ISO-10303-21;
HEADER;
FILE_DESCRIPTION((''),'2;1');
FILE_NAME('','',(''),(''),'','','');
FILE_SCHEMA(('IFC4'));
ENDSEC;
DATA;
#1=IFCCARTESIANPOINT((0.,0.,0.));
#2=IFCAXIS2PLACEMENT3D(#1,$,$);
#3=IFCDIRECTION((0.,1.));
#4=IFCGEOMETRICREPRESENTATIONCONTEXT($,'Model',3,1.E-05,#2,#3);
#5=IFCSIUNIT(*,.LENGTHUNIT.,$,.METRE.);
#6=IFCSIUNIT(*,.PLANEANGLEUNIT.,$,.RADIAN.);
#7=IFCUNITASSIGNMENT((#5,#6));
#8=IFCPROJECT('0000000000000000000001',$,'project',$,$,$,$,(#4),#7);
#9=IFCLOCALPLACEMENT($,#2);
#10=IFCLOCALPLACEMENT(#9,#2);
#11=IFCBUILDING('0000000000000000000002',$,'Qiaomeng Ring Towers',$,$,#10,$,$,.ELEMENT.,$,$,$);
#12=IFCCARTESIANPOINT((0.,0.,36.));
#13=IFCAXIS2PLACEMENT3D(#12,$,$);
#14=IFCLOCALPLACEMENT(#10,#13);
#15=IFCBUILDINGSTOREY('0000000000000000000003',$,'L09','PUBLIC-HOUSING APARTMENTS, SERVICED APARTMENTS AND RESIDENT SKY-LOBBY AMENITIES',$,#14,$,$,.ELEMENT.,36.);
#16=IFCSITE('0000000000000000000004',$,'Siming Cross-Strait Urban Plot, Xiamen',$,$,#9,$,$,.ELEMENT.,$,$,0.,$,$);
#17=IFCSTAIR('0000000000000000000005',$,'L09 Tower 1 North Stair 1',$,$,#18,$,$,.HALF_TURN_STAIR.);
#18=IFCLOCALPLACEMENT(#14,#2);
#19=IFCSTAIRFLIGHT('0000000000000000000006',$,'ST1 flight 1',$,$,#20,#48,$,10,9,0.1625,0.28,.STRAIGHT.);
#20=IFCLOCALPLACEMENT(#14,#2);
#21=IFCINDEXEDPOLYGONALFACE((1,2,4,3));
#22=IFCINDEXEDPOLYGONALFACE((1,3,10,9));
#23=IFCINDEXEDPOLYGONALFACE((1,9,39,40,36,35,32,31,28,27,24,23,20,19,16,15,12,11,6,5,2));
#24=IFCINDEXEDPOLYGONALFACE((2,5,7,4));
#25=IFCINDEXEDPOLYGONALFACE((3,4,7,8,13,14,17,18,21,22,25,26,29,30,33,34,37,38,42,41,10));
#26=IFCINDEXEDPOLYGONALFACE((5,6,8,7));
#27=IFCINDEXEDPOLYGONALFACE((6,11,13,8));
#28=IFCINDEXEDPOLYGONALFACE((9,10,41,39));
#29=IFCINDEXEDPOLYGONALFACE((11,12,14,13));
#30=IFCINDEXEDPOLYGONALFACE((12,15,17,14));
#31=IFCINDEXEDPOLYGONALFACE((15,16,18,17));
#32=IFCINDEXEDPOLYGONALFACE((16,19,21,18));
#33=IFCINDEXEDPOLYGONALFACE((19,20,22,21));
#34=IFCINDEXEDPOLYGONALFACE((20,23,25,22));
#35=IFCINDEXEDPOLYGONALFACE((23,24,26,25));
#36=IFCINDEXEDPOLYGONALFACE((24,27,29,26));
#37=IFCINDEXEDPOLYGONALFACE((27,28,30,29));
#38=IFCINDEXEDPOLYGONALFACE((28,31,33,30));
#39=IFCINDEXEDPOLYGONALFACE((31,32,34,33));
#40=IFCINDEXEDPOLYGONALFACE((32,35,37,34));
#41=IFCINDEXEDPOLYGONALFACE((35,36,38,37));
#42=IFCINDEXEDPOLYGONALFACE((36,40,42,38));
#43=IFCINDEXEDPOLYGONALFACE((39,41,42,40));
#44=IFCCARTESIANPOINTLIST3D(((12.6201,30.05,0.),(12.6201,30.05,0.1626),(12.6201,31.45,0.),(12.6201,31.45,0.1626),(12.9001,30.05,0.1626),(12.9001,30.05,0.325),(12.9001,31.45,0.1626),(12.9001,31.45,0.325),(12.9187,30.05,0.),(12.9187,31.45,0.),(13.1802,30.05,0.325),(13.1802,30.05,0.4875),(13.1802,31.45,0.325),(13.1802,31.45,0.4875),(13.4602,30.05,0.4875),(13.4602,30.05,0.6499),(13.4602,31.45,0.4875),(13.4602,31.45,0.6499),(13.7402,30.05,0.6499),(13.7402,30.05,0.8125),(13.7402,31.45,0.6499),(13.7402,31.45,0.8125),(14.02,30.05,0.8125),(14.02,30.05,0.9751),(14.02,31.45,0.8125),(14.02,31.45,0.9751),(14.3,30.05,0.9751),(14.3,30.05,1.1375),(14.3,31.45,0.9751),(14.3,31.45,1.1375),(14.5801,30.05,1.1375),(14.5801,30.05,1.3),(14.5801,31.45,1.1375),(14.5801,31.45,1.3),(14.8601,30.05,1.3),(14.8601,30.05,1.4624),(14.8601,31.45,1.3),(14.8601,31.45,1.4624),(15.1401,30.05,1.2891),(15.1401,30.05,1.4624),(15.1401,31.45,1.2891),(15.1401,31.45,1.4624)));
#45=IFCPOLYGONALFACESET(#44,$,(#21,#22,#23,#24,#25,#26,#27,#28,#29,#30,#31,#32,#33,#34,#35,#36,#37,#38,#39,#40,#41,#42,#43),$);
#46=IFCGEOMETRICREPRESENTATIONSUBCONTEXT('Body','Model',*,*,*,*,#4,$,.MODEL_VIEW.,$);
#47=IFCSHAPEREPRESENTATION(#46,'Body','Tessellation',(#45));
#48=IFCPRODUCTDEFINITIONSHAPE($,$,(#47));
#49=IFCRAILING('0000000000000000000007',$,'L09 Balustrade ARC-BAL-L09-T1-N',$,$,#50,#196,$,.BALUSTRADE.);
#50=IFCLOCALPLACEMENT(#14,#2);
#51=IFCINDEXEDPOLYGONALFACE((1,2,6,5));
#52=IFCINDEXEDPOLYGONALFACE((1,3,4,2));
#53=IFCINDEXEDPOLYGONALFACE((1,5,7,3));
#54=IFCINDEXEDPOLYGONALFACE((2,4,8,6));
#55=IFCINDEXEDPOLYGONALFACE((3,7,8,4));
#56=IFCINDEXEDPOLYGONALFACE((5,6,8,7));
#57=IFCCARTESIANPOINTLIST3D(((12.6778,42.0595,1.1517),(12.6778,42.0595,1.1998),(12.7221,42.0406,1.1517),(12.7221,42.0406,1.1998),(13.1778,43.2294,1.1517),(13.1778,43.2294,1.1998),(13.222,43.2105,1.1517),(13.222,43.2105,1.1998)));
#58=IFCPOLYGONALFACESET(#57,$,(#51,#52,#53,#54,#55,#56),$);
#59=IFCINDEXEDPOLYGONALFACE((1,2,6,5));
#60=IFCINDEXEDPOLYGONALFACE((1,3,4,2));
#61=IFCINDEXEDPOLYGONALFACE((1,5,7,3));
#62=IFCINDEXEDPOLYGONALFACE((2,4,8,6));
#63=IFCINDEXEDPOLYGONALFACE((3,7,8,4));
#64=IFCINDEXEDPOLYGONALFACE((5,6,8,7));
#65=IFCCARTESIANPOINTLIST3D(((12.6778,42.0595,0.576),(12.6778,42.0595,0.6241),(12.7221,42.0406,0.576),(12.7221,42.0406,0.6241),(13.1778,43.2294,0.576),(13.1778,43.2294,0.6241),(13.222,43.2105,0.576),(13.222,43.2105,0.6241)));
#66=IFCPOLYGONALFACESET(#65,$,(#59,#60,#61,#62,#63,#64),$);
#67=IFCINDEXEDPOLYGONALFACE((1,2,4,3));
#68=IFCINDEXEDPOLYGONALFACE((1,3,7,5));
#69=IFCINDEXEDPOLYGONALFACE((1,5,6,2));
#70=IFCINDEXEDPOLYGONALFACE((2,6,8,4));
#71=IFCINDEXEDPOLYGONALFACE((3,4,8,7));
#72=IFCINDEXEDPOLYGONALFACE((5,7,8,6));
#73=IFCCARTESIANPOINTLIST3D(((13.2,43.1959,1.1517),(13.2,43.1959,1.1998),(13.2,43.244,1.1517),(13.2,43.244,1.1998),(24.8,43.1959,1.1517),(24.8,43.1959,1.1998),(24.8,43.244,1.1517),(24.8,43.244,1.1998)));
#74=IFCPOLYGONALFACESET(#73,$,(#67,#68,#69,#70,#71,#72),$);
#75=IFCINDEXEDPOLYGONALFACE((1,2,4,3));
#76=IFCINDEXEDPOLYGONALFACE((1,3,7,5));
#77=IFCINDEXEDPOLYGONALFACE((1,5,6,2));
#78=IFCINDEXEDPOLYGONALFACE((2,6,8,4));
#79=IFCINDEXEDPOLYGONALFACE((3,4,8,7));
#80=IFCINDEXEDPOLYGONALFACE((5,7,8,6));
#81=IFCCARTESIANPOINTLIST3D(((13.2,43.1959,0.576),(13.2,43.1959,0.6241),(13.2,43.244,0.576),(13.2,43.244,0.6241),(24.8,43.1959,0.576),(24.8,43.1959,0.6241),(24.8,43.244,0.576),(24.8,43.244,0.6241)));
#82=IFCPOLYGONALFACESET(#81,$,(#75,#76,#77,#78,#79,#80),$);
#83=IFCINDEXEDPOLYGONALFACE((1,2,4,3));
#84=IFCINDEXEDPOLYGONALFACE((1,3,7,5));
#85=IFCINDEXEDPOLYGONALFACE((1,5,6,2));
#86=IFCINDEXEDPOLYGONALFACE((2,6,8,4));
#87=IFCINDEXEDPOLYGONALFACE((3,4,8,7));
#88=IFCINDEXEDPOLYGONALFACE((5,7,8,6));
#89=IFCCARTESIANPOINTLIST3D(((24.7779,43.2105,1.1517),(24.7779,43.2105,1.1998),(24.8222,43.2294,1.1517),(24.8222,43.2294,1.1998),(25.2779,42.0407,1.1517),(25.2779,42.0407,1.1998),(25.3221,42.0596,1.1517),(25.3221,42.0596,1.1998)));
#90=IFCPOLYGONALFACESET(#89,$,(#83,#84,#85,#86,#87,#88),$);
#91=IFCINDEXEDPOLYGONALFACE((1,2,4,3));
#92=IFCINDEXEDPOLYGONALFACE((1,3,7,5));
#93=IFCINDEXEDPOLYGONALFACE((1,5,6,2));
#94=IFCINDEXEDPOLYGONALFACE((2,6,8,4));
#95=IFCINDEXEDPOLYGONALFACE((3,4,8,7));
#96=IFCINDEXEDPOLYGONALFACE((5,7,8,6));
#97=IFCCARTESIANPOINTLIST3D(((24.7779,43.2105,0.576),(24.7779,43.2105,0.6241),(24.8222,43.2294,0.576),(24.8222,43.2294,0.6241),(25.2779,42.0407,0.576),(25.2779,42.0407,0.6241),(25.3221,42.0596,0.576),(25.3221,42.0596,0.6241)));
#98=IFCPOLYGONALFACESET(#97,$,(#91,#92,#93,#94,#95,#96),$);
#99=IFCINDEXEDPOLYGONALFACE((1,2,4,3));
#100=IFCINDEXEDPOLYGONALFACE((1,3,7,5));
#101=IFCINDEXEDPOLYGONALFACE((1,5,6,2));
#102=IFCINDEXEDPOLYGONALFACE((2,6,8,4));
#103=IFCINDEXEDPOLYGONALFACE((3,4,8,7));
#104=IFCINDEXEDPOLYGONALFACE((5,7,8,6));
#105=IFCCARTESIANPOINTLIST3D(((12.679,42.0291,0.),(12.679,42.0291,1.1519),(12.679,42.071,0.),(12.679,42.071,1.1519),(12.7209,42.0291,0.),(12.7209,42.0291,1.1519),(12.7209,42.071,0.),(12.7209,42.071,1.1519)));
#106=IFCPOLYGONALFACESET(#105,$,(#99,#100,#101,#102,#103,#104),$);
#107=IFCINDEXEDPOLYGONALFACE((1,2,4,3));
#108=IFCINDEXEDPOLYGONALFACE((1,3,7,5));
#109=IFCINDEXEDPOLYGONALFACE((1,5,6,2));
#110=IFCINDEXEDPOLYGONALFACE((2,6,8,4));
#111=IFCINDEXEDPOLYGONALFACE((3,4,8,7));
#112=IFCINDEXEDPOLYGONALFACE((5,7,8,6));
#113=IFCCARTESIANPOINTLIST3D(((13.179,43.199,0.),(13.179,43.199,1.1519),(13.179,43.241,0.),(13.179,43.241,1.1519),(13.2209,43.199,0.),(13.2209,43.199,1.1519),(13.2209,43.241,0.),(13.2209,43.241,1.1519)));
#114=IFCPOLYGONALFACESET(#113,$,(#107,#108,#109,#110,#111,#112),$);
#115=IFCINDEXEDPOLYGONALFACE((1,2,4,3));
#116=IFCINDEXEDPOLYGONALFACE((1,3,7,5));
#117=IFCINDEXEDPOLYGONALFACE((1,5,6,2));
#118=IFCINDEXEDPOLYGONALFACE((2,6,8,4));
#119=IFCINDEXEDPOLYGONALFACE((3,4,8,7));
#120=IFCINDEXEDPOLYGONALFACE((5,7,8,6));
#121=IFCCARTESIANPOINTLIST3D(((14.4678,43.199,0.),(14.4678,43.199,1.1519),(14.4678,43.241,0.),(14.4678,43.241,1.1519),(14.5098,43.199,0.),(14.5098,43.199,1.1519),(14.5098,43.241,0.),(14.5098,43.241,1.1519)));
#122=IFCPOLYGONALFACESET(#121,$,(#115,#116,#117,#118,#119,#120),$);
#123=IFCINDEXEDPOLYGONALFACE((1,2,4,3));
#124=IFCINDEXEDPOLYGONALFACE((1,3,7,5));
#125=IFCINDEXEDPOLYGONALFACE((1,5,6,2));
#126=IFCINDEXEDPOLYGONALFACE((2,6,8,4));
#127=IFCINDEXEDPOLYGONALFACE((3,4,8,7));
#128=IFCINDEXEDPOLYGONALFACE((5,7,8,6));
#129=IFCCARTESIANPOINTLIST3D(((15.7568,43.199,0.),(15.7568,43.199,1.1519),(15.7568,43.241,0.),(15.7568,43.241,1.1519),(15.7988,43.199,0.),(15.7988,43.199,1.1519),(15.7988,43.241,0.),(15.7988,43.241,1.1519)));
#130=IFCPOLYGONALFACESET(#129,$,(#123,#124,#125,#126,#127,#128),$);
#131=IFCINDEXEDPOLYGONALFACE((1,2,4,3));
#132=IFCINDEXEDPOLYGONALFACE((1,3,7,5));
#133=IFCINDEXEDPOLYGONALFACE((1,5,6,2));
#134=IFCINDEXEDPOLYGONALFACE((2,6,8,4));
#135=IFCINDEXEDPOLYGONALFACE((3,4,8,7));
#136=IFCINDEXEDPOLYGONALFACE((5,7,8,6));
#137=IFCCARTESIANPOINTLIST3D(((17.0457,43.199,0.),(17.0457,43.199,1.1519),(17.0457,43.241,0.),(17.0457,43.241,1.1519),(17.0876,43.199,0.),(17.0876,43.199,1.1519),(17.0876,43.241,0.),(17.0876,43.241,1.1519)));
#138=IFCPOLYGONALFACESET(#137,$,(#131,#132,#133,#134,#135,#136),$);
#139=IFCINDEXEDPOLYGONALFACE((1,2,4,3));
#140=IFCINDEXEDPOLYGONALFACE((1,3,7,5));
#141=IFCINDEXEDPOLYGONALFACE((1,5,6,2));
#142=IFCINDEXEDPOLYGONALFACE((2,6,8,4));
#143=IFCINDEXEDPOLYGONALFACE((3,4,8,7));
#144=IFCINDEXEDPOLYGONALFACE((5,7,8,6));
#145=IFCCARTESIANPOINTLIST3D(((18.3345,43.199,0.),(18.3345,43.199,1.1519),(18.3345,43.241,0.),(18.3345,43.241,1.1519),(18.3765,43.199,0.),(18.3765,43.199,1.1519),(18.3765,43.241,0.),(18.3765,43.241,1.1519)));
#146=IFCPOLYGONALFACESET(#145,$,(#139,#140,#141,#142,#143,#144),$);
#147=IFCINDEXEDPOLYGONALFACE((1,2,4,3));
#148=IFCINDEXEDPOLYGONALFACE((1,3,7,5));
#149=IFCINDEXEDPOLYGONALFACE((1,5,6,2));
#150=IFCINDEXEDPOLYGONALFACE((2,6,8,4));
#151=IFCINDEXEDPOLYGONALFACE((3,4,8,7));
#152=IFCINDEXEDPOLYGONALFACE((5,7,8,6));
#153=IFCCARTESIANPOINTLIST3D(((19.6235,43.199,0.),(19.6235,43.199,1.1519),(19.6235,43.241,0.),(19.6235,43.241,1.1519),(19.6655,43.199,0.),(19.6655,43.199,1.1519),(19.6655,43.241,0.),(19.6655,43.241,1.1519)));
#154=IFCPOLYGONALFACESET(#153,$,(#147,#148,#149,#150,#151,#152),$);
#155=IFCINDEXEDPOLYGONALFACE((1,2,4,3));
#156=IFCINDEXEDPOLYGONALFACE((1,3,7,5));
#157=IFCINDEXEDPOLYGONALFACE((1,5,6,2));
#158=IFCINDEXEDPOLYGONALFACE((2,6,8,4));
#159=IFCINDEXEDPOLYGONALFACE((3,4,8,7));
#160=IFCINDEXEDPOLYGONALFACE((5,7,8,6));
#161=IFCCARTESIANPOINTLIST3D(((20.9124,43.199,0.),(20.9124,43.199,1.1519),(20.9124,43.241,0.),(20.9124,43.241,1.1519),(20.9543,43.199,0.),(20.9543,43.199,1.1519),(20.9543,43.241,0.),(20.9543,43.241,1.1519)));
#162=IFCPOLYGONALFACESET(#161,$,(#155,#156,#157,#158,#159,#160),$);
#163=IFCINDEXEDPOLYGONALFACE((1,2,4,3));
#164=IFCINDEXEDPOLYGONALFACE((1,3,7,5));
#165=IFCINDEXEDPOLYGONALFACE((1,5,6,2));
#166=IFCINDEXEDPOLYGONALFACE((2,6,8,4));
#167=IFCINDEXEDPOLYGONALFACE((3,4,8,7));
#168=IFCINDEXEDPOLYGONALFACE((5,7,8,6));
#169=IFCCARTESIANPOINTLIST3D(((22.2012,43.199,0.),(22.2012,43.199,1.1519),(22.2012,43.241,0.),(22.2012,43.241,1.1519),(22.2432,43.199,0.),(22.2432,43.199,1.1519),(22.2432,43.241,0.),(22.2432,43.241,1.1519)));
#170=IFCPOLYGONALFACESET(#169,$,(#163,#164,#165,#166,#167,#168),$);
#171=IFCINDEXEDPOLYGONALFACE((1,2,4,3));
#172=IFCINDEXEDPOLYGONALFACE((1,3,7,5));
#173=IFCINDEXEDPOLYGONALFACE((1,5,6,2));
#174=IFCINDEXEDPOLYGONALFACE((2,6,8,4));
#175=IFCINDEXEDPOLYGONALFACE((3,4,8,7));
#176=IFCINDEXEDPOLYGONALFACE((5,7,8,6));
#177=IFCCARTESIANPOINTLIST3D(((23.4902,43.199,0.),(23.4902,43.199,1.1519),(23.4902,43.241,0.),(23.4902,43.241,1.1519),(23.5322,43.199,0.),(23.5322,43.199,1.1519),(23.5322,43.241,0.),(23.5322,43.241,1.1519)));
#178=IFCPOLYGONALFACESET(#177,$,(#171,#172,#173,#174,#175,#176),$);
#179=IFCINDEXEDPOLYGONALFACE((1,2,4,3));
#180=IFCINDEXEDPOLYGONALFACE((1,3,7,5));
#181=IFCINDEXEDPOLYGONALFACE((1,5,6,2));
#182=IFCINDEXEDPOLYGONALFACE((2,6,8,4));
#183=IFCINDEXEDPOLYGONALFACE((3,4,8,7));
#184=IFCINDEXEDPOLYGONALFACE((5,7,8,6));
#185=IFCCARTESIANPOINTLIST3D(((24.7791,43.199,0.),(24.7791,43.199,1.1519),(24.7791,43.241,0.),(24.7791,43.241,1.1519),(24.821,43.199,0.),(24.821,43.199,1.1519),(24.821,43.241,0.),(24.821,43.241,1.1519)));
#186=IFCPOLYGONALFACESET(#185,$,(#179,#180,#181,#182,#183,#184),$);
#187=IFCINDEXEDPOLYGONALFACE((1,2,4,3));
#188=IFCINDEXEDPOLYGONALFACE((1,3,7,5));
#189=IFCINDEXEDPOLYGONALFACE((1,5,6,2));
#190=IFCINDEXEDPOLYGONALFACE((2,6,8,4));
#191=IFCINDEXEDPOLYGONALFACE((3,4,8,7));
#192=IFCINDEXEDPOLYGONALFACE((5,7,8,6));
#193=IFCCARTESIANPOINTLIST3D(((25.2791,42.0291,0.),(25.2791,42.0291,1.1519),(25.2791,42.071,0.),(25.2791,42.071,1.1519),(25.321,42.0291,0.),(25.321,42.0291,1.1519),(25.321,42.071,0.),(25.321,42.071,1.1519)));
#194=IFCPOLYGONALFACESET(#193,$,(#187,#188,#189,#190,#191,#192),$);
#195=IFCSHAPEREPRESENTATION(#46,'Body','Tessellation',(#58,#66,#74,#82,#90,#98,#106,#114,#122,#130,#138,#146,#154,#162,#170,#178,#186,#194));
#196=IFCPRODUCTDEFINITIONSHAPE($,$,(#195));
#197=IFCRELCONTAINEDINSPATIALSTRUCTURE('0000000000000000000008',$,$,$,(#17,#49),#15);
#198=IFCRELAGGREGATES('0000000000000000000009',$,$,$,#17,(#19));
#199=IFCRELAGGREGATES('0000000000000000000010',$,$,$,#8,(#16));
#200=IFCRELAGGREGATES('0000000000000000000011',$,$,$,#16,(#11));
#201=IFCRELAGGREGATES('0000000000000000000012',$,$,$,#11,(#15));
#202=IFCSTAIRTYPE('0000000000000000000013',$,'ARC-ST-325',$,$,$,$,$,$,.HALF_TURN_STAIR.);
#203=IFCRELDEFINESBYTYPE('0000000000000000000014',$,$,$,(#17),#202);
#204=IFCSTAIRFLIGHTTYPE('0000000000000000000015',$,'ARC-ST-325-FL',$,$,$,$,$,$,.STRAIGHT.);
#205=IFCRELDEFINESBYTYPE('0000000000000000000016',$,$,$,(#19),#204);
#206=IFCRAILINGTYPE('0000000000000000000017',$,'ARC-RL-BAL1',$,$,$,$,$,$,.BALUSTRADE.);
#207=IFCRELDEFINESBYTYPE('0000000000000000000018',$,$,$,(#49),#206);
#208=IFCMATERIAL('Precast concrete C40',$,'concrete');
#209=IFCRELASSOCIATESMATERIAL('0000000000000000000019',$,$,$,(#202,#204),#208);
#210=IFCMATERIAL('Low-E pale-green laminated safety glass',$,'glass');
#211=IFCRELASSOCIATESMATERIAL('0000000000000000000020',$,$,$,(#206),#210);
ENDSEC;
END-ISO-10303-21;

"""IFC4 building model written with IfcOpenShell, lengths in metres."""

from ifc_helpers import new_model, si_unit, direction, frame, origin, origin_2d, place, context, subcontext, project, spatial, polyline, rectangle, outline, extrude, source, transform, mapped, material, type_object, element, aggregate, save


model = new_model("IFC4")

# Units and contexts
model_context = context("Model", 3, precision=1e-05, world=origin(), true_north=direction((0.0, 1.0)))
body_context = subcontext(model_context, "Body", "Model", "MODEL_VIEW")
ifc_project = project(units=[si_unit("LENGTHUNIT", "METRE"), si_unit("PLANEANGLEUNIT", "RADIAN")], contexts=[model_context])

# Site, building, storey
site_placement = place(None, origin())
site = spatial("IfcSite", under=ifc_project, at=site_placement, Name="Siming Cross-Strait Urban Plot, Xiamen", CompositionType="ELEMENT", RefElevation=0.0)
building_placement = place(site_placement, origin())
building = spatial("IfcBuilding", under=site, at=building_placement, Name="Qiaomeng Ring Towers", CompositionType="ELEMENT")
storey_placement = place(building_placement, frame((0.0, 0.0, 36.0)))
storey = spatial("IfcBuildingStorey", under=building, at=storey_placement, Name="L09", Description="PUBLIC-HOUSING APARTMENTS, SERVICED APARTMENTS AND RESIDENT SKY-LOBBY AMENITIES", CompositionType="ELEMENT", Elevation=36.0)

# Stair, stair flight
ifc_material_1 = material(Name="Precast concrete C40", Category="concrete")
stair_type = type_object("IfcStairType", Name="ARC-ST-325", PredefinedType="HALF_TURN_STAIR", material=ifc_material_1)
stair_placement = place(storey_placement, origin())
stair = element("IfcStair", 1, at=stair_placement, inside=storey, type_object=stair_type, Name="L09 Tower 1 North Stair 1", PredefinedType="HALF_TURN_STAIR")
stair_flight_type = type_object("IfcStairFlightType", Name="ARC-ST-325-FL", PredefinedType="STRAIGHT", material=ifc_material_1)
shared_shape_1 = source(origin(), body_context, "Body", "SweptSolid", [
    extrude(outline(polyline([(0.0, 0.0), (0.0, 0.1626), (0.28, 0.1626), (0.28, 0.325), (0.5601, 0.325), (0.5601, 0.4875), (0.8401, 0.4875), (0.8401, 0.6499), (1.1201, 0.6499), (1.1201, 0.8125), (1.3999, 0.8125), (1.3999, 0.9751), (1.6799, 0.9751), (1.6799, 1.1375), (1.96, 1.1375), (1.96, 1.3), (2.24, 1.3), (2.24, 1.4624), (2.52, 1.4624), (2.52, 1.625), (2.52, 1.2891), (0.2986, 0.0), (0.0, 0.0)])), frame((0.0, 0.7, 0.0), z_axis=(0.0, -1.0, 0.0), x_axis=(1.0, 0.0, 0.0)), (0.0, 0.0, 1.0), 1.3999),
])
stair_flight_placement = place(storey_placement, frame((12.6201, 30.75, 0.0), z_axis=(0.0, 0.0, 1.0), x_axis=(1.0, 0.0, 0.0)))
stair_flight = element("IfcStairFlight", 2, at=stair_flight_placement, type_object=stair_flight_type, Name="ST1 flight 1", NumberOfRisers=10, NumberOfTreads=9, PredefinedType="STRAIGHT", RiserHeight=0.1625, TreadLength=0.28, context=body_context, shape_type="MappedRepresentation", body=[
    mapped(shared_shape_1, transform((0.0, 0.0, 0.0), x_axis=(1.0, 0.0, 0.0), y_axis=(0.0, 1.0, 0.0), z_axis=(0.0, 0.0, 1.0), scale=1.0)),
])
aggregate(stair, [stair_flight])

# Railing
ifc_material_2 = material(Name="Low-E pale-green laminated safety glass", Category="glass")
railing_type_1 = type_object("IfcRailingType", Name="ARC-RL-BAL1", PredefinedType="BALUSTRADE", material=ifc_material_2)
railing_1_placement = place(storey_placement, frame((12.7, 42.05, 0.0)))
element("IfcRailing", 3, at=railing_1_placement, inside=storey, type_object=railing_type_1, Name="L09 Balustrade ARC-BAL-L09-T1-N", PredefinedType="BALUSTRADE", context=body_context, shape_type="SweptSolid", body=[
    extrude(rectangle(XDim=0.0481, YDim=0.0481, at=origin_2d()), frame((0.0, 0.0, 1.1758), z_axis=(0.392993, 0.919542, 0.0), x_axis=(-0.919542, 0.392993, 0.0)), (0.0, 0.0, 1.0), 1.2722),
    extrude(rectangle(XDim=0.0481, YDim=0.0481, at=origin_2d()), frame((0.0, 0.0, 0.6001), z_axis=(0.392993, 0.919542, 0.0), x_axis=(-0.919542, 0.392993, 0.0)), (0.0, 0.0, 1.0), 1.2722),
    extrude(rectangle(XDim=0.0481, YDim=0.0481, at=origin_2d()), frame((0.5, 1.1699, 1.1758), z_axis=(1.0, 0.0, 0.0), x_axis=(0.0, 1.0, 0.0)), (0.0, 0.0, 1.0), 11.6001),
    extrude(rectangle(XDim=0.0481, YDim=0.0481, at=origin_2d()), frame((0.5, 1.1699, 0.6001), z_axis=(1.0, 0.0, 0.0), x_axis=(0.0, 1.0, 0.0)), (0.0, 0.0, 1.0), 11.6001),
    extrude(rectangle(XDim=0.0481, YDim=0.0481, at=origin_2d()), frame((12.1001, 1.1699, 1.1758), z_axis=(0.392993, -0.919542, 0.0), x_axis=(0.919542, 0.392993, 0.0)), (0.0, 0.0, 1.0), 1.2722),
    extrude(rectangle(XDim=0.0481, YDim=0.0481, at=origin_2d()), frame((12.1001, 1.1699, 0.6001), z_axis=(0.392993, -0.919542, 0.0), x_axis=(0.919542, 0.392993, 0.0)), (0.0, 0.0, 1.0), 1.2722),
    extrude(rectangle(XDim=0.042, YDim=0.042, at=origin_2d()), origin(), (0.0, 0.0, 1.0), 1.1519),
    extrude(rectangle(XDim=0.042, YDim=0.042, at=origin_2d()), frame((0.5, 1.1699, 0.0)), (0.0, 0.0, 1.0), 1.1519),
    extrude(rectangle(XDim=0.042, YDim=0.042, at=origin_2d()), frame((1.7888, 1.1699, 0.0)), (0.0, 0.0, 1.0), 1.1519),
    extrude(rectangle(XDim=0.042, YDim=0.042, at=origin_2d()), frame((3.0779, 1.1699, 0.0)), (0.0, 0.0, 1.0), 1.1519),
    extrude(rectangle(XDim=0.042, YDim=0.042, at=origin_2d()), frame((4.3667, 1.1699, 0.0)), (0.0, 0.0, 1.0), 1.1519),
    extrude(rectangle(XDim=0.042, YDim=0.042, at=origin_2d()), frame((5.6555, 1.1699, 0.0)), (0.0, 0.0, 1.0), 1.1519),
    extrude(rectangle(XDim=0.042, YDim=0.042, at=origin_2d()), frame((6.9446, 1.1699, 0.0)), (0.0, 0.0, 1.0), 1.1519),
    extrude(rectangle(XDim=0.042, YDim=0.042, at=origin_2d()), frame((8.2334, 1.1699, 0.0)), (0.0, 0.0, 1.0), 1.1519),
    extrude(rectangle(XDim=0.042, YDim=0.042, at=origin_2d()), frame((9.5222, 1.1699, 0.0)), (0.0, 0.0, 1.0), 1.1519),
    extrude(rectangle(XDim=0.042, YDim=0.042, at=origin_2d()), frame((10.8113, 1.1699, 0.0)), (0.0, 0.0, 1.0), 1.1519),
    extrude(rectangle(XDim=0.042, YDim=0.042, at=origin_2d()), frame((12.1001, 1.1699, 0.0)), (0.0, 0.0, 1.0), 1.1519),
    extrude(rectangle(XDim=0.042, YDim=0.042, at=origin_2d()), frame((12.6001, 0.0, 0.0)), (0.0, 0.0, 1.0), 1.1519),
])

save(model, "model.ifc")
